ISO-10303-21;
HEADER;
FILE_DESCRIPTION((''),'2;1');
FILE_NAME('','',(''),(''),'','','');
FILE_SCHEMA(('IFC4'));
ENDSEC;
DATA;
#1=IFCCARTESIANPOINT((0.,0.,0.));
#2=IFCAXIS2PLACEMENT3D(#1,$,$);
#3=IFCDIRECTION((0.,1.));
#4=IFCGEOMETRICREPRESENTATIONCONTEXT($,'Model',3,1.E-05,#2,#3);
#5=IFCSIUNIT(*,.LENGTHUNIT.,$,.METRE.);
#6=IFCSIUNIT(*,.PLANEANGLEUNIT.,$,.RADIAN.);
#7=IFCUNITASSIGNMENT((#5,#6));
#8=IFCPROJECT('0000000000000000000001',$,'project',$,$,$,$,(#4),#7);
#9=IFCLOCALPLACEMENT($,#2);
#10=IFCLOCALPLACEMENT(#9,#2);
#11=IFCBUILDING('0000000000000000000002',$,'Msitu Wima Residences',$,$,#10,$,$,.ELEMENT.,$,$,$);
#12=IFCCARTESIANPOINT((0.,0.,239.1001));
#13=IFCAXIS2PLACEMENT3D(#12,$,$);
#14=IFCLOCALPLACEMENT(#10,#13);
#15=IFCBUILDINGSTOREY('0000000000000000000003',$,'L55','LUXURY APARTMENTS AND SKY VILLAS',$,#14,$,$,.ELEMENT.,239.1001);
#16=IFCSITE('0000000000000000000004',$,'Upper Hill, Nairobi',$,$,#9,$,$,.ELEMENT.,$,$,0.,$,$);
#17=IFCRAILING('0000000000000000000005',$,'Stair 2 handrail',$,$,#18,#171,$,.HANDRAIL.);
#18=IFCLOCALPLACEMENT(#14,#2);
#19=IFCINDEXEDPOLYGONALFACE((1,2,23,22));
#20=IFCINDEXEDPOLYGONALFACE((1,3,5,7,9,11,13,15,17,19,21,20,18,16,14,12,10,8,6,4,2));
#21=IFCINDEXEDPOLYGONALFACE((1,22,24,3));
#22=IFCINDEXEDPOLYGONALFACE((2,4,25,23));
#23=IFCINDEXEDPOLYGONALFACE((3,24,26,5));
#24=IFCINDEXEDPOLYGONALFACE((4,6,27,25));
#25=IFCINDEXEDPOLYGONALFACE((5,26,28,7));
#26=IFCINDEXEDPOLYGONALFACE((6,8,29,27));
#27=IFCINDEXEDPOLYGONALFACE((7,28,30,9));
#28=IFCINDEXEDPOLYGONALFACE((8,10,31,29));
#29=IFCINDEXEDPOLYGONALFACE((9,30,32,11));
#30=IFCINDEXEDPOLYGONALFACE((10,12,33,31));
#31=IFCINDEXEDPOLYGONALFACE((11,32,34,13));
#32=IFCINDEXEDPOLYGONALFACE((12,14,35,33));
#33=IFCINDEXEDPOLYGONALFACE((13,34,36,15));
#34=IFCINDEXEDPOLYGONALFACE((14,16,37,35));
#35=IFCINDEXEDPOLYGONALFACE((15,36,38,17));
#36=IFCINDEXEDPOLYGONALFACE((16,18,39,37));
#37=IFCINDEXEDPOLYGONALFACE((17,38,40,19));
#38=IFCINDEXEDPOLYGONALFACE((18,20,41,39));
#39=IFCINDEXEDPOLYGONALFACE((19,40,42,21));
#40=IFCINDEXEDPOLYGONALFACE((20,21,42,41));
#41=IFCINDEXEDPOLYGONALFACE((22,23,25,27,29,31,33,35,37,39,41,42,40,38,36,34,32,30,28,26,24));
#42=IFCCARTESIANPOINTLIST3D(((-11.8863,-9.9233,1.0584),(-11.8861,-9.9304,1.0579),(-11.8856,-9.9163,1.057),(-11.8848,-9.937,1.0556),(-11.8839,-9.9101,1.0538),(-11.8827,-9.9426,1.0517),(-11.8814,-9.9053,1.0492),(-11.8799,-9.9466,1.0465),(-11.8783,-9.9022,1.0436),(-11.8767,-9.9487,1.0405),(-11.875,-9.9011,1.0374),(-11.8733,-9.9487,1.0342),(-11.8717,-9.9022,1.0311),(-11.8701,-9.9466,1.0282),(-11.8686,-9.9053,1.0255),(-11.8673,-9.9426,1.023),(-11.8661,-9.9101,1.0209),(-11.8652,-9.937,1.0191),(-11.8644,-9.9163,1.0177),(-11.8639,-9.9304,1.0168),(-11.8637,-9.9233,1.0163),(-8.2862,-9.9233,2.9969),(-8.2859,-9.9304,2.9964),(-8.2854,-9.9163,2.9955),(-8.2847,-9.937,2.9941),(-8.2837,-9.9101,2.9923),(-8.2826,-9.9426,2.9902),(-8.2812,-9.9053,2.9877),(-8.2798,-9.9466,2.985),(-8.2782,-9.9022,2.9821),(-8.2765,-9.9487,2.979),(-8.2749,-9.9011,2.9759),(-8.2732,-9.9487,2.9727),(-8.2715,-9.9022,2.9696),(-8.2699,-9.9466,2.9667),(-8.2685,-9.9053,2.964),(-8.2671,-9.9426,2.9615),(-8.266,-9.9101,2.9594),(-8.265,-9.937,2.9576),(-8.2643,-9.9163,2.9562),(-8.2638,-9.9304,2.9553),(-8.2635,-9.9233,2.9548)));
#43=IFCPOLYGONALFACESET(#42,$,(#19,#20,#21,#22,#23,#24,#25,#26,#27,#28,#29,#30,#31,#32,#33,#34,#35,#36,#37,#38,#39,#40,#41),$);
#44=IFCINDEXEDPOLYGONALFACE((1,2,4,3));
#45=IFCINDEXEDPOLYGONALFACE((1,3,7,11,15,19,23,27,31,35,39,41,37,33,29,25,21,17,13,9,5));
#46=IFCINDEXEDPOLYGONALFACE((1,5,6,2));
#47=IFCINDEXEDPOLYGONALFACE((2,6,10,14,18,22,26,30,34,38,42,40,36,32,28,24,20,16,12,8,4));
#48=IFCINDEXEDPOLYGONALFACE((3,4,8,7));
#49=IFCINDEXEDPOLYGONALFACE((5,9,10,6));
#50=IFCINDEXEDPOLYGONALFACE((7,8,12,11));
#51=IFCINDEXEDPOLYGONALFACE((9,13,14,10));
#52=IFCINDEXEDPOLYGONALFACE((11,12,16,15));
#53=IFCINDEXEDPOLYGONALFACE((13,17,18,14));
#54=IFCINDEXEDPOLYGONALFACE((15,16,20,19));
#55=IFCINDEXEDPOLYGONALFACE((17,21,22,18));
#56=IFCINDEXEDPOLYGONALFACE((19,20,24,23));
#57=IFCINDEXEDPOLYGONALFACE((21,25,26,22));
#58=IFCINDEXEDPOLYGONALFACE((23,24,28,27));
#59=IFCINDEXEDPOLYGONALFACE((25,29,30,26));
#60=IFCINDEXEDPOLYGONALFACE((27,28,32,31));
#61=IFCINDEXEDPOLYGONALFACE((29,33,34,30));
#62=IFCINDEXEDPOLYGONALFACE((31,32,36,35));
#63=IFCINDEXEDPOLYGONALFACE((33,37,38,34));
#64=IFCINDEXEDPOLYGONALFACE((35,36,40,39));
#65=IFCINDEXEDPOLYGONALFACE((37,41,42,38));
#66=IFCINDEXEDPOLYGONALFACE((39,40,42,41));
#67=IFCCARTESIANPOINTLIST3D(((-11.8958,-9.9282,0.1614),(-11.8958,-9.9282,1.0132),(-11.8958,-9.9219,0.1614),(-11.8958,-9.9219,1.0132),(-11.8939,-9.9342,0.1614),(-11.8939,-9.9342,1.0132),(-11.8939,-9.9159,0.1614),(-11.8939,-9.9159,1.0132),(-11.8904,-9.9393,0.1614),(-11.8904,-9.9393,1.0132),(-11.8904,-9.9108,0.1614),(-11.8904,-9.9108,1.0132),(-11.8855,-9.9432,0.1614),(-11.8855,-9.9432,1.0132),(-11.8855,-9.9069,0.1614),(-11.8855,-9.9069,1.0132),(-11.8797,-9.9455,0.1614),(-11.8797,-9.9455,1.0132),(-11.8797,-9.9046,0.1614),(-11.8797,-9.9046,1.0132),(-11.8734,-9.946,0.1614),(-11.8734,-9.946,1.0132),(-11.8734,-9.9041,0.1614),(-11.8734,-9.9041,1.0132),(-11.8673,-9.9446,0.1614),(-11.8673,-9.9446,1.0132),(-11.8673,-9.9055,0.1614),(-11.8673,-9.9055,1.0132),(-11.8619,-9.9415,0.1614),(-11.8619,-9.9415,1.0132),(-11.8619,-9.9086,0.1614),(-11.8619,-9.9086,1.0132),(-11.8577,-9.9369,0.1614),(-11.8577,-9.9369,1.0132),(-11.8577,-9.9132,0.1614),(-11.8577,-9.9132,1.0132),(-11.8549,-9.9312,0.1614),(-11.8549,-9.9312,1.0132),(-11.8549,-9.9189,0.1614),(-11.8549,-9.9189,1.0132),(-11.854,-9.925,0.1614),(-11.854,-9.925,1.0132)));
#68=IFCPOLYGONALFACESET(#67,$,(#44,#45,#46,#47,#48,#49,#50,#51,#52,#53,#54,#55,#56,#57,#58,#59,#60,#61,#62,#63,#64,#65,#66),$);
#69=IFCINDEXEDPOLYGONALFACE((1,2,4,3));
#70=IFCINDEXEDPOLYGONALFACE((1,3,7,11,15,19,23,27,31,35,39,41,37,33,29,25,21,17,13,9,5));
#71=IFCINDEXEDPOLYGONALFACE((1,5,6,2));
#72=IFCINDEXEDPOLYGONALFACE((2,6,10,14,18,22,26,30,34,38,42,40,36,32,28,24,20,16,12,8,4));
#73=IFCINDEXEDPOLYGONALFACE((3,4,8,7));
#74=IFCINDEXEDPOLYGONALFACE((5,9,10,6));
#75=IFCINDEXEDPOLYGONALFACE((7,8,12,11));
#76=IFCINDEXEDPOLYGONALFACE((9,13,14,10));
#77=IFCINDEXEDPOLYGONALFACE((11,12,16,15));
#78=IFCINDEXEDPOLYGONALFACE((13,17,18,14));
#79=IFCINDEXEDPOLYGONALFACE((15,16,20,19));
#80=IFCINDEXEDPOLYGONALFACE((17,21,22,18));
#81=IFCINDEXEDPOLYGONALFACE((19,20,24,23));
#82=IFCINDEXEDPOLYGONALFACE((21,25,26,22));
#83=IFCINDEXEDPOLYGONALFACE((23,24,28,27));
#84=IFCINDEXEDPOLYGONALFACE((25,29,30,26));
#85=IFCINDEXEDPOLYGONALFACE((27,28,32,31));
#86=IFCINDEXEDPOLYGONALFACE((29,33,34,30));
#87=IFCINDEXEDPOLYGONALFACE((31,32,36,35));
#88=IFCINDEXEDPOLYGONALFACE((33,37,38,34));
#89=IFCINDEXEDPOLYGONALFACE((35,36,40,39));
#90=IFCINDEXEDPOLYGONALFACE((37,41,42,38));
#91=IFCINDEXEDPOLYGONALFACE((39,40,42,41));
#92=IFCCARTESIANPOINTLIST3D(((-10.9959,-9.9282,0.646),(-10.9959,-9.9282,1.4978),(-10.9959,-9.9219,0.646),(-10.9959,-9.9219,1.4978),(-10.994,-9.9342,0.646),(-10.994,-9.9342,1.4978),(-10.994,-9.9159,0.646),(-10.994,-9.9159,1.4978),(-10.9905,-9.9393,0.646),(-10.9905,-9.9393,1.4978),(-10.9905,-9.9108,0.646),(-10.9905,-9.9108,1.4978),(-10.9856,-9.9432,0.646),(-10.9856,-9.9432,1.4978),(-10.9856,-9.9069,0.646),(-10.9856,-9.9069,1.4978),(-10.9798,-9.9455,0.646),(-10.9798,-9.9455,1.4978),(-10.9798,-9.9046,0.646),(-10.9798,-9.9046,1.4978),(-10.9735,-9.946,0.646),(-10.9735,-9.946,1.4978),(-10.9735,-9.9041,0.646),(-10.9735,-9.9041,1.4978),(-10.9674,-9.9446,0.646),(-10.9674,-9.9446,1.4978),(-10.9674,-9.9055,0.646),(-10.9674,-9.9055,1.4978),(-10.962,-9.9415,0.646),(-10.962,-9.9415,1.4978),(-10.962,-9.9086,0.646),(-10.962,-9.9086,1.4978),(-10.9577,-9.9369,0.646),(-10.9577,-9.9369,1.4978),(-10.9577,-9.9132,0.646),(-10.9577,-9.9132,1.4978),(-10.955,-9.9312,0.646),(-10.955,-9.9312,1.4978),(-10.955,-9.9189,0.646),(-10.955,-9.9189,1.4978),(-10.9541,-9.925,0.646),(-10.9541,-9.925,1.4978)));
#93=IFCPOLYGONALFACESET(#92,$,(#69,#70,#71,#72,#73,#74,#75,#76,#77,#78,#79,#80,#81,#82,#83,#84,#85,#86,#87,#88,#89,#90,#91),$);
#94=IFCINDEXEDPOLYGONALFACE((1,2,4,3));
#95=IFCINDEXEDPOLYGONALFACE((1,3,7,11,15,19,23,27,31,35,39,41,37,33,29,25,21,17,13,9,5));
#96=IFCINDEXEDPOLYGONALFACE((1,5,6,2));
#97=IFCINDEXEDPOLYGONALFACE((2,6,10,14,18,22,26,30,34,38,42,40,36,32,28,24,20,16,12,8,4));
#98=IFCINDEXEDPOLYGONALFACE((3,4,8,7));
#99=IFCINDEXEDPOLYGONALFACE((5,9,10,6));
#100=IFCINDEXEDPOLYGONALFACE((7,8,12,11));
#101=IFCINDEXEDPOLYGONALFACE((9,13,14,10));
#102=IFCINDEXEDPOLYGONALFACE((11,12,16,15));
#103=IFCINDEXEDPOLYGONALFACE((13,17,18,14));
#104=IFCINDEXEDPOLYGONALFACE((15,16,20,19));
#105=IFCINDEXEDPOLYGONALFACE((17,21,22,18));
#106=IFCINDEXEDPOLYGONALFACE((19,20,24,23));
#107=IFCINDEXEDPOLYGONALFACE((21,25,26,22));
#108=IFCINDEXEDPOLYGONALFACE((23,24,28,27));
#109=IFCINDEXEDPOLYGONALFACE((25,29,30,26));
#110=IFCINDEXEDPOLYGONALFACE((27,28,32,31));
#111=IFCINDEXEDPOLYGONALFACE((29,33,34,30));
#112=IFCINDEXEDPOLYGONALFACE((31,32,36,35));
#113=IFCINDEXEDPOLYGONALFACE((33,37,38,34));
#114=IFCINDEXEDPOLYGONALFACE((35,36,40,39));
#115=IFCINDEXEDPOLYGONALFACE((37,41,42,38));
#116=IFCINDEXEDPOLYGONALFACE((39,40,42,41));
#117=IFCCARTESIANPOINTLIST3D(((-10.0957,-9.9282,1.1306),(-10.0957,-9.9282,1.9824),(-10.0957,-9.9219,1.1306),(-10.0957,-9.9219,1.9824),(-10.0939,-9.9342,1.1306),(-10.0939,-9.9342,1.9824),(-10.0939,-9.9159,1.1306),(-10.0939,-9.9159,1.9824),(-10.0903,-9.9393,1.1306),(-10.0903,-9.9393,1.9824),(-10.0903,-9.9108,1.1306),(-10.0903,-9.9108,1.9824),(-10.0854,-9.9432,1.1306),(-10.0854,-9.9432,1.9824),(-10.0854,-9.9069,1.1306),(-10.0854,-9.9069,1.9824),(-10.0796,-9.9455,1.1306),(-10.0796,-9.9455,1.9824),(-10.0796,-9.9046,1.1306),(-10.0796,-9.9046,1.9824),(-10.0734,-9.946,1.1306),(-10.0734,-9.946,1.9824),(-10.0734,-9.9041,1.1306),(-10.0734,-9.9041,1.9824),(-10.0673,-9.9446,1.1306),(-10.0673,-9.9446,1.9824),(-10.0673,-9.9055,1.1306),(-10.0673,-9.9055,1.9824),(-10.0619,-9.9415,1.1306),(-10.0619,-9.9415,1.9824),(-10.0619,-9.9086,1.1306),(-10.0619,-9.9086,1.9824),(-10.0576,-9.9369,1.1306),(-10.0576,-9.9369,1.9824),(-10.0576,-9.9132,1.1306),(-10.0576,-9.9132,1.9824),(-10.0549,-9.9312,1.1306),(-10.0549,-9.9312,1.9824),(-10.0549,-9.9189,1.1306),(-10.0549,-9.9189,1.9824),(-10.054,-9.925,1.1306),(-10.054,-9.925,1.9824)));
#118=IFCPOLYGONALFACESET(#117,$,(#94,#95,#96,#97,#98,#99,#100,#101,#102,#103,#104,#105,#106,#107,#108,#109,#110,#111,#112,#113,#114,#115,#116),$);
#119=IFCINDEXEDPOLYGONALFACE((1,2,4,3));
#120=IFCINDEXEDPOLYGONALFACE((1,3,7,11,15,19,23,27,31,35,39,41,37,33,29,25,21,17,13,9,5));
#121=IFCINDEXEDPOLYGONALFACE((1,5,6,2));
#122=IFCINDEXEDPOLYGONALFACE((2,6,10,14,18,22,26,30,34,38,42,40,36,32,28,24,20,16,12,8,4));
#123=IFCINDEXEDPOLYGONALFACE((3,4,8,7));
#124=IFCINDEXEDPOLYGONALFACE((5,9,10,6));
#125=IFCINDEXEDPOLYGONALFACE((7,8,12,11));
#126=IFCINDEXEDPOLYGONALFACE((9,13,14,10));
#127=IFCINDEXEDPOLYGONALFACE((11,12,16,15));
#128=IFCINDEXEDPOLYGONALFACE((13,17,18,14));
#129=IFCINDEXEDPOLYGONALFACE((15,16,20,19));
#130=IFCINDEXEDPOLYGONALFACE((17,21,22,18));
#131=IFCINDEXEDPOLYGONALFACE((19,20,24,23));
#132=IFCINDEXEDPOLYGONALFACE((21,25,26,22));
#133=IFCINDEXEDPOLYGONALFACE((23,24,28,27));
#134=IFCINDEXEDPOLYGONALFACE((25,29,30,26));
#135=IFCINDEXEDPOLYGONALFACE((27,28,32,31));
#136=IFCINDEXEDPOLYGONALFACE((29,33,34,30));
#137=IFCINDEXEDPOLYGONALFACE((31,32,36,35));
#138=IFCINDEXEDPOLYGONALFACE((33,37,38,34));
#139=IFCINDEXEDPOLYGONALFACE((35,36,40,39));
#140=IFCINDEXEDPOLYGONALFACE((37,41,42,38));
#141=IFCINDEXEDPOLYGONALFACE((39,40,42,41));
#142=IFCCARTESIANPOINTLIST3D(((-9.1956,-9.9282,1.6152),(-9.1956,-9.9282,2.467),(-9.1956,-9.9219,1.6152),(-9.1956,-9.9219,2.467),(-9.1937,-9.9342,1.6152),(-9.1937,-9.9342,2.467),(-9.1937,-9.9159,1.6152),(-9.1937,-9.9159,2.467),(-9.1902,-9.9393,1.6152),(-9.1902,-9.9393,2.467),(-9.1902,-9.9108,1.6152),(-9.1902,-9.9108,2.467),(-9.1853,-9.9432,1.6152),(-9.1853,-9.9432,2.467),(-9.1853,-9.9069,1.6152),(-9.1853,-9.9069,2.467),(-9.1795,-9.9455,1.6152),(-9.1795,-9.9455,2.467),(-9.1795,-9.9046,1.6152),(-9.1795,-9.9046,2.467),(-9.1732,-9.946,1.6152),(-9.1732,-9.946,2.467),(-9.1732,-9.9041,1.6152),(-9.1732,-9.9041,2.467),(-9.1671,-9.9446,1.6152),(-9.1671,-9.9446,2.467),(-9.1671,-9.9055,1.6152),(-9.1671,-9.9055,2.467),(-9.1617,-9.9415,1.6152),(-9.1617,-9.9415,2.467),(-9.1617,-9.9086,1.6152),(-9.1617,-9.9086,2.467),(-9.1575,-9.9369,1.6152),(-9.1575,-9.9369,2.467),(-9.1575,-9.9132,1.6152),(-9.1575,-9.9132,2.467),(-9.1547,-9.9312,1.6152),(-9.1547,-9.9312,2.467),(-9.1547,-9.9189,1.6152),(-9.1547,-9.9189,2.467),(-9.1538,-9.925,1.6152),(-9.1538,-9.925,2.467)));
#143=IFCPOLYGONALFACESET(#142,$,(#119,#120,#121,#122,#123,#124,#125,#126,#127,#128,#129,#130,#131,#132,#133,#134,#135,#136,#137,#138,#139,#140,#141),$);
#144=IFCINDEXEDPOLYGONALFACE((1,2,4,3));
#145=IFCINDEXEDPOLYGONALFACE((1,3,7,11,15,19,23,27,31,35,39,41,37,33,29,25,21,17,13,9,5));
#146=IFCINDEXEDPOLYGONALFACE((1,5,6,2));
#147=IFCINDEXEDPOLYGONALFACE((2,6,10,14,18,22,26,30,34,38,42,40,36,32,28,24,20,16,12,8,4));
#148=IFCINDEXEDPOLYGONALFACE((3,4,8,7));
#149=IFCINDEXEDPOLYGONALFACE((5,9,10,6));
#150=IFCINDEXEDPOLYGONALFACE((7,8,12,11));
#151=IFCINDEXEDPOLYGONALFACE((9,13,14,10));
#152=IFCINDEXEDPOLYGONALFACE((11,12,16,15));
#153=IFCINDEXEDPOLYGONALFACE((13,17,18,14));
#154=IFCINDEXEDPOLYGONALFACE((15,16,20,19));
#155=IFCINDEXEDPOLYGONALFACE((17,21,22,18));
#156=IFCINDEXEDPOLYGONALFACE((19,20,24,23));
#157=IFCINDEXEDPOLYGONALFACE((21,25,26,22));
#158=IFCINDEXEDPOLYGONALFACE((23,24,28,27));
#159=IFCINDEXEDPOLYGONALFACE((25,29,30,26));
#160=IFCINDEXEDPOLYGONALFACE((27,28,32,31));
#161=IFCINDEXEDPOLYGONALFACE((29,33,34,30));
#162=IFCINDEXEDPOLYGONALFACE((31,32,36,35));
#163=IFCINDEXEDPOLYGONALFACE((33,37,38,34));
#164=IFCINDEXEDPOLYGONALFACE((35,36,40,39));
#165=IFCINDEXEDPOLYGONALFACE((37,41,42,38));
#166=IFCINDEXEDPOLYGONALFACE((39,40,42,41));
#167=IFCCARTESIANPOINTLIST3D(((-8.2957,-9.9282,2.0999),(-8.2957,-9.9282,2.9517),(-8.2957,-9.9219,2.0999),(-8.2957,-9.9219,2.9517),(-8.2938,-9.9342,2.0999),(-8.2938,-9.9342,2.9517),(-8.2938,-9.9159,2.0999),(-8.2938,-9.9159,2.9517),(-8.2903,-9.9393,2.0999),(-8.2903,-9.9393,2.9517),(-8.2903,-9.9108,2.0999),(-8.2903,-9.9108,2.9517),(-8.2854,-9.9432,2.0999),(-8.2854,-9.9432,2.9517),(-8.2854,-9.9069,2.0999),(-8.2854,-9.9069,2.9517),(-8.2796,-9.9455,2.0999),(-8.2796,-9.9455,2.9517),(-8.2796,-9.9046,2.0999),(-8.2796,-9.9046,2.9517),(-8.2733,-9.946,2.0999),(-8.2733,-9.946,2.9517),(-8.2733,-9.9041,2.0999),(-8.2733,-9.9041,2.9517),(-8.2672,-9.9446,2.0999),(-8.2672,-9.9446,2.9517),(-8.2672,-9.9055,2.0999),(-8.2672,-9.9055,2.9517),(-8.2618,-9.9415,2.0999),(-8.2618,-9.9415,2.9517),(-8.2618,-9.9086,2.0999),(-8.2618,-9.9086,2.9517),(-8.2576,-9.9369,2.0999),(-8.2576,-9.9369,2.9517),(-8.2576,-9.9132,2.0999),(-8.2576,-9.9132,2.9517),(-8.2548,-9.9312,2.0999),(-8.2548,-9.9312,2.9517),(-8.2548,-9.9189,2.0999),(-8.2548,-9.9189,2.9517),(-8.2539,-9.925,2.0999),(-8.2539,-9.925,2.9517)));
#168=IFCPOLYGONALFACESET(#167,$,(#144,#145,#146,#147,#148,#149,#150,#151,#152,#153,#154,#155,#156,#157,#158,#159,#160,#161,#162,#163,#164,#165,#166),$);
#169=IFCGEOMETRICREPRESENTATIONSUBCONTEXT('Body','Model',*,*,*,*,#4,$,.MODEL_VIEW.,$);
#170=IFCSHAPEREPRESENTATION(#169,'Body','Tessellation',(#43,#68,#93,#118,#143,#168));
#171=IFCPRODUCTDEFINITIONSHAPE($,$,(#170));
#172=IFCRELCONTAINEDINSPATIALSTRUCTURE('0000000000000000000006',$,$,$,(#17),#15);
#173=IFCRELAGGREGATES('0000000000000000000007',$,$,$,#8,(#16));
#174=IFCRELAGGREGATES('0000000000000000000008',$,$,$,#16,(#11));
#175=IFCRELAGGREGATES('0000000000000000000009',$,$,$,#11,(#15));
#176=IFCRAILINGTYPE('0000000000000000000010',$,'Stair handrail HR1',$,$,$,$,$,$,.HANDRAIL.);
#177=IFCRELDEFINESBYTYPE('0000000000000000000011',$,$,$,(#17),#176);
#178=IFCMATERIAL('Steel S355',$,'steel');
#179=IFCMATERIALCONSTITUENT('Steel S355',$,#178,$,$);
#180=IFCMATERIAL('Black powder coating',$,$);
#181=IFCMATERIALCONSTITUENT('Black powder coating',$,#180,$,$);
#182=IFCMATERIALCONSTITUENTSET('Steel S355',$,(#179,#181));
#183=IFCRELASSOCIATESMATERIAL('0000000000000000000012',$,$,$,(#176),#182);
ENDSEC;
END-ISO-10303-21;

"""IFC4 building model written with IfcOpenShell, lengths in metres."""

from ifc_helpers import new_model, si_unit, direction, frame, origin, origin_2d, place, context, subcontext, project, spatial, circle, extrude, material, constituent, constituent_set, type_object, element, save


model = new_model("IFC4")

# Units and contexts
model_context = context("Model", 3, precision=1e-05, world=origin(), true_north=direction((0.0, 1.0)))
body_context = subcontext(model_context, "Body", "Model", "MODEL_VIEW")
ifc_project = project(units=[si_unit("LENGTHUNIT", "METRE"), si_unit("PLANEANGLEUNIT", "RADIAN")], contexts=[model_context])

# Site, building, storey
site_placement = place(None, origin())
site = spatial("IfcSite", under=ifc_project, at=site_placement, Name="Upper Hill, Nairobi", CompositionType="ELEMENT", RefElevation=0.0)
building_placement = place(site_placement, origin())
building = spatial("IfcBuilding", under=site, at=building_placement, Name="Msitu Wima Residences", CompositionType="ELEMENT")
storey_placement = place(building_placement, frame((0.0, 0.0, 239.1001)))
storey = spatial("IfcBuildingStorey", under=building, at=storey_placement, Name="L55", Description="LUXURY APARTMENTS AND SKY VILLAS", CompositionType="ELEMENT", Elevation=239.1001)

# Railing
ifc_material_1 = material(Name="Steel S355", Category="steel")
ifc_constituent_1 = constituent(ifc_material_1, Name="Steel S355")
ifc_material_2 = material(Name="Black powder coating")
ifc_constituent_2 = constituent(ifc_material_2, Name="Black powder coating")
ifc_constituent_set = constituent_set(constituents=[ifc_constituent_1, ifc_constituent_2], Name="Steel S355")
railing_type = type_object("IfcRailingType", Name="Stair handrail HR1", PredefinedType="HANDRAIL", material=ifc_constituent_set)
for number, where, name in (
    (1, (-11.875, -9.925, 0.1614), "Stair 2 handrail"),
):
    element("IfcRailing", number, at=place(storey_placement, frame(where)), inside=storey, type_object=railing_type, Name=name, PredefinedType="HANDRAIL", context=body_context, shape_type="SweptSolid", body=[
        extrude(circle(Radius=0.0239, at=origin_2d()), frame((0.0, 0.0, 0.876), z_axis=(0.880475, 0.0, 0.474093), x_axis=(0.0, 1.0, 0.0)), (0.0, 0.0, 1.0), 4.0889),
        extrude(circle(Radius=0.021, at=origin_2d()), origin(), (0.0, 0.0, 1.0), 0.8518),
        extrude(circle(Radius=0.021, at=origin_2d()), frame((0.8999, 0.0, 0.4846)), (0.0, 0.0, 1.0), 0.8518),
        extrude(circle(Radius=0.021, at=origin_2d()), frame((1.8, 0.0, 0.9692)), (0.0, 0.0, 1.0), 0.8518),
        extrude(circle(Radius=0.021, at=origin_2d()), frame((2.7002, 0.0, 1.4539)), (0.0, 0.0, 1.0), 0.8518),
        extrude(circle(Radius=0.021, at=origin_2d()), frame((3.6001, 0.0, 1.9385)), (0.0, 0.0, 1.0), 0.8518),
    ])

save(model, "model.ifc")
